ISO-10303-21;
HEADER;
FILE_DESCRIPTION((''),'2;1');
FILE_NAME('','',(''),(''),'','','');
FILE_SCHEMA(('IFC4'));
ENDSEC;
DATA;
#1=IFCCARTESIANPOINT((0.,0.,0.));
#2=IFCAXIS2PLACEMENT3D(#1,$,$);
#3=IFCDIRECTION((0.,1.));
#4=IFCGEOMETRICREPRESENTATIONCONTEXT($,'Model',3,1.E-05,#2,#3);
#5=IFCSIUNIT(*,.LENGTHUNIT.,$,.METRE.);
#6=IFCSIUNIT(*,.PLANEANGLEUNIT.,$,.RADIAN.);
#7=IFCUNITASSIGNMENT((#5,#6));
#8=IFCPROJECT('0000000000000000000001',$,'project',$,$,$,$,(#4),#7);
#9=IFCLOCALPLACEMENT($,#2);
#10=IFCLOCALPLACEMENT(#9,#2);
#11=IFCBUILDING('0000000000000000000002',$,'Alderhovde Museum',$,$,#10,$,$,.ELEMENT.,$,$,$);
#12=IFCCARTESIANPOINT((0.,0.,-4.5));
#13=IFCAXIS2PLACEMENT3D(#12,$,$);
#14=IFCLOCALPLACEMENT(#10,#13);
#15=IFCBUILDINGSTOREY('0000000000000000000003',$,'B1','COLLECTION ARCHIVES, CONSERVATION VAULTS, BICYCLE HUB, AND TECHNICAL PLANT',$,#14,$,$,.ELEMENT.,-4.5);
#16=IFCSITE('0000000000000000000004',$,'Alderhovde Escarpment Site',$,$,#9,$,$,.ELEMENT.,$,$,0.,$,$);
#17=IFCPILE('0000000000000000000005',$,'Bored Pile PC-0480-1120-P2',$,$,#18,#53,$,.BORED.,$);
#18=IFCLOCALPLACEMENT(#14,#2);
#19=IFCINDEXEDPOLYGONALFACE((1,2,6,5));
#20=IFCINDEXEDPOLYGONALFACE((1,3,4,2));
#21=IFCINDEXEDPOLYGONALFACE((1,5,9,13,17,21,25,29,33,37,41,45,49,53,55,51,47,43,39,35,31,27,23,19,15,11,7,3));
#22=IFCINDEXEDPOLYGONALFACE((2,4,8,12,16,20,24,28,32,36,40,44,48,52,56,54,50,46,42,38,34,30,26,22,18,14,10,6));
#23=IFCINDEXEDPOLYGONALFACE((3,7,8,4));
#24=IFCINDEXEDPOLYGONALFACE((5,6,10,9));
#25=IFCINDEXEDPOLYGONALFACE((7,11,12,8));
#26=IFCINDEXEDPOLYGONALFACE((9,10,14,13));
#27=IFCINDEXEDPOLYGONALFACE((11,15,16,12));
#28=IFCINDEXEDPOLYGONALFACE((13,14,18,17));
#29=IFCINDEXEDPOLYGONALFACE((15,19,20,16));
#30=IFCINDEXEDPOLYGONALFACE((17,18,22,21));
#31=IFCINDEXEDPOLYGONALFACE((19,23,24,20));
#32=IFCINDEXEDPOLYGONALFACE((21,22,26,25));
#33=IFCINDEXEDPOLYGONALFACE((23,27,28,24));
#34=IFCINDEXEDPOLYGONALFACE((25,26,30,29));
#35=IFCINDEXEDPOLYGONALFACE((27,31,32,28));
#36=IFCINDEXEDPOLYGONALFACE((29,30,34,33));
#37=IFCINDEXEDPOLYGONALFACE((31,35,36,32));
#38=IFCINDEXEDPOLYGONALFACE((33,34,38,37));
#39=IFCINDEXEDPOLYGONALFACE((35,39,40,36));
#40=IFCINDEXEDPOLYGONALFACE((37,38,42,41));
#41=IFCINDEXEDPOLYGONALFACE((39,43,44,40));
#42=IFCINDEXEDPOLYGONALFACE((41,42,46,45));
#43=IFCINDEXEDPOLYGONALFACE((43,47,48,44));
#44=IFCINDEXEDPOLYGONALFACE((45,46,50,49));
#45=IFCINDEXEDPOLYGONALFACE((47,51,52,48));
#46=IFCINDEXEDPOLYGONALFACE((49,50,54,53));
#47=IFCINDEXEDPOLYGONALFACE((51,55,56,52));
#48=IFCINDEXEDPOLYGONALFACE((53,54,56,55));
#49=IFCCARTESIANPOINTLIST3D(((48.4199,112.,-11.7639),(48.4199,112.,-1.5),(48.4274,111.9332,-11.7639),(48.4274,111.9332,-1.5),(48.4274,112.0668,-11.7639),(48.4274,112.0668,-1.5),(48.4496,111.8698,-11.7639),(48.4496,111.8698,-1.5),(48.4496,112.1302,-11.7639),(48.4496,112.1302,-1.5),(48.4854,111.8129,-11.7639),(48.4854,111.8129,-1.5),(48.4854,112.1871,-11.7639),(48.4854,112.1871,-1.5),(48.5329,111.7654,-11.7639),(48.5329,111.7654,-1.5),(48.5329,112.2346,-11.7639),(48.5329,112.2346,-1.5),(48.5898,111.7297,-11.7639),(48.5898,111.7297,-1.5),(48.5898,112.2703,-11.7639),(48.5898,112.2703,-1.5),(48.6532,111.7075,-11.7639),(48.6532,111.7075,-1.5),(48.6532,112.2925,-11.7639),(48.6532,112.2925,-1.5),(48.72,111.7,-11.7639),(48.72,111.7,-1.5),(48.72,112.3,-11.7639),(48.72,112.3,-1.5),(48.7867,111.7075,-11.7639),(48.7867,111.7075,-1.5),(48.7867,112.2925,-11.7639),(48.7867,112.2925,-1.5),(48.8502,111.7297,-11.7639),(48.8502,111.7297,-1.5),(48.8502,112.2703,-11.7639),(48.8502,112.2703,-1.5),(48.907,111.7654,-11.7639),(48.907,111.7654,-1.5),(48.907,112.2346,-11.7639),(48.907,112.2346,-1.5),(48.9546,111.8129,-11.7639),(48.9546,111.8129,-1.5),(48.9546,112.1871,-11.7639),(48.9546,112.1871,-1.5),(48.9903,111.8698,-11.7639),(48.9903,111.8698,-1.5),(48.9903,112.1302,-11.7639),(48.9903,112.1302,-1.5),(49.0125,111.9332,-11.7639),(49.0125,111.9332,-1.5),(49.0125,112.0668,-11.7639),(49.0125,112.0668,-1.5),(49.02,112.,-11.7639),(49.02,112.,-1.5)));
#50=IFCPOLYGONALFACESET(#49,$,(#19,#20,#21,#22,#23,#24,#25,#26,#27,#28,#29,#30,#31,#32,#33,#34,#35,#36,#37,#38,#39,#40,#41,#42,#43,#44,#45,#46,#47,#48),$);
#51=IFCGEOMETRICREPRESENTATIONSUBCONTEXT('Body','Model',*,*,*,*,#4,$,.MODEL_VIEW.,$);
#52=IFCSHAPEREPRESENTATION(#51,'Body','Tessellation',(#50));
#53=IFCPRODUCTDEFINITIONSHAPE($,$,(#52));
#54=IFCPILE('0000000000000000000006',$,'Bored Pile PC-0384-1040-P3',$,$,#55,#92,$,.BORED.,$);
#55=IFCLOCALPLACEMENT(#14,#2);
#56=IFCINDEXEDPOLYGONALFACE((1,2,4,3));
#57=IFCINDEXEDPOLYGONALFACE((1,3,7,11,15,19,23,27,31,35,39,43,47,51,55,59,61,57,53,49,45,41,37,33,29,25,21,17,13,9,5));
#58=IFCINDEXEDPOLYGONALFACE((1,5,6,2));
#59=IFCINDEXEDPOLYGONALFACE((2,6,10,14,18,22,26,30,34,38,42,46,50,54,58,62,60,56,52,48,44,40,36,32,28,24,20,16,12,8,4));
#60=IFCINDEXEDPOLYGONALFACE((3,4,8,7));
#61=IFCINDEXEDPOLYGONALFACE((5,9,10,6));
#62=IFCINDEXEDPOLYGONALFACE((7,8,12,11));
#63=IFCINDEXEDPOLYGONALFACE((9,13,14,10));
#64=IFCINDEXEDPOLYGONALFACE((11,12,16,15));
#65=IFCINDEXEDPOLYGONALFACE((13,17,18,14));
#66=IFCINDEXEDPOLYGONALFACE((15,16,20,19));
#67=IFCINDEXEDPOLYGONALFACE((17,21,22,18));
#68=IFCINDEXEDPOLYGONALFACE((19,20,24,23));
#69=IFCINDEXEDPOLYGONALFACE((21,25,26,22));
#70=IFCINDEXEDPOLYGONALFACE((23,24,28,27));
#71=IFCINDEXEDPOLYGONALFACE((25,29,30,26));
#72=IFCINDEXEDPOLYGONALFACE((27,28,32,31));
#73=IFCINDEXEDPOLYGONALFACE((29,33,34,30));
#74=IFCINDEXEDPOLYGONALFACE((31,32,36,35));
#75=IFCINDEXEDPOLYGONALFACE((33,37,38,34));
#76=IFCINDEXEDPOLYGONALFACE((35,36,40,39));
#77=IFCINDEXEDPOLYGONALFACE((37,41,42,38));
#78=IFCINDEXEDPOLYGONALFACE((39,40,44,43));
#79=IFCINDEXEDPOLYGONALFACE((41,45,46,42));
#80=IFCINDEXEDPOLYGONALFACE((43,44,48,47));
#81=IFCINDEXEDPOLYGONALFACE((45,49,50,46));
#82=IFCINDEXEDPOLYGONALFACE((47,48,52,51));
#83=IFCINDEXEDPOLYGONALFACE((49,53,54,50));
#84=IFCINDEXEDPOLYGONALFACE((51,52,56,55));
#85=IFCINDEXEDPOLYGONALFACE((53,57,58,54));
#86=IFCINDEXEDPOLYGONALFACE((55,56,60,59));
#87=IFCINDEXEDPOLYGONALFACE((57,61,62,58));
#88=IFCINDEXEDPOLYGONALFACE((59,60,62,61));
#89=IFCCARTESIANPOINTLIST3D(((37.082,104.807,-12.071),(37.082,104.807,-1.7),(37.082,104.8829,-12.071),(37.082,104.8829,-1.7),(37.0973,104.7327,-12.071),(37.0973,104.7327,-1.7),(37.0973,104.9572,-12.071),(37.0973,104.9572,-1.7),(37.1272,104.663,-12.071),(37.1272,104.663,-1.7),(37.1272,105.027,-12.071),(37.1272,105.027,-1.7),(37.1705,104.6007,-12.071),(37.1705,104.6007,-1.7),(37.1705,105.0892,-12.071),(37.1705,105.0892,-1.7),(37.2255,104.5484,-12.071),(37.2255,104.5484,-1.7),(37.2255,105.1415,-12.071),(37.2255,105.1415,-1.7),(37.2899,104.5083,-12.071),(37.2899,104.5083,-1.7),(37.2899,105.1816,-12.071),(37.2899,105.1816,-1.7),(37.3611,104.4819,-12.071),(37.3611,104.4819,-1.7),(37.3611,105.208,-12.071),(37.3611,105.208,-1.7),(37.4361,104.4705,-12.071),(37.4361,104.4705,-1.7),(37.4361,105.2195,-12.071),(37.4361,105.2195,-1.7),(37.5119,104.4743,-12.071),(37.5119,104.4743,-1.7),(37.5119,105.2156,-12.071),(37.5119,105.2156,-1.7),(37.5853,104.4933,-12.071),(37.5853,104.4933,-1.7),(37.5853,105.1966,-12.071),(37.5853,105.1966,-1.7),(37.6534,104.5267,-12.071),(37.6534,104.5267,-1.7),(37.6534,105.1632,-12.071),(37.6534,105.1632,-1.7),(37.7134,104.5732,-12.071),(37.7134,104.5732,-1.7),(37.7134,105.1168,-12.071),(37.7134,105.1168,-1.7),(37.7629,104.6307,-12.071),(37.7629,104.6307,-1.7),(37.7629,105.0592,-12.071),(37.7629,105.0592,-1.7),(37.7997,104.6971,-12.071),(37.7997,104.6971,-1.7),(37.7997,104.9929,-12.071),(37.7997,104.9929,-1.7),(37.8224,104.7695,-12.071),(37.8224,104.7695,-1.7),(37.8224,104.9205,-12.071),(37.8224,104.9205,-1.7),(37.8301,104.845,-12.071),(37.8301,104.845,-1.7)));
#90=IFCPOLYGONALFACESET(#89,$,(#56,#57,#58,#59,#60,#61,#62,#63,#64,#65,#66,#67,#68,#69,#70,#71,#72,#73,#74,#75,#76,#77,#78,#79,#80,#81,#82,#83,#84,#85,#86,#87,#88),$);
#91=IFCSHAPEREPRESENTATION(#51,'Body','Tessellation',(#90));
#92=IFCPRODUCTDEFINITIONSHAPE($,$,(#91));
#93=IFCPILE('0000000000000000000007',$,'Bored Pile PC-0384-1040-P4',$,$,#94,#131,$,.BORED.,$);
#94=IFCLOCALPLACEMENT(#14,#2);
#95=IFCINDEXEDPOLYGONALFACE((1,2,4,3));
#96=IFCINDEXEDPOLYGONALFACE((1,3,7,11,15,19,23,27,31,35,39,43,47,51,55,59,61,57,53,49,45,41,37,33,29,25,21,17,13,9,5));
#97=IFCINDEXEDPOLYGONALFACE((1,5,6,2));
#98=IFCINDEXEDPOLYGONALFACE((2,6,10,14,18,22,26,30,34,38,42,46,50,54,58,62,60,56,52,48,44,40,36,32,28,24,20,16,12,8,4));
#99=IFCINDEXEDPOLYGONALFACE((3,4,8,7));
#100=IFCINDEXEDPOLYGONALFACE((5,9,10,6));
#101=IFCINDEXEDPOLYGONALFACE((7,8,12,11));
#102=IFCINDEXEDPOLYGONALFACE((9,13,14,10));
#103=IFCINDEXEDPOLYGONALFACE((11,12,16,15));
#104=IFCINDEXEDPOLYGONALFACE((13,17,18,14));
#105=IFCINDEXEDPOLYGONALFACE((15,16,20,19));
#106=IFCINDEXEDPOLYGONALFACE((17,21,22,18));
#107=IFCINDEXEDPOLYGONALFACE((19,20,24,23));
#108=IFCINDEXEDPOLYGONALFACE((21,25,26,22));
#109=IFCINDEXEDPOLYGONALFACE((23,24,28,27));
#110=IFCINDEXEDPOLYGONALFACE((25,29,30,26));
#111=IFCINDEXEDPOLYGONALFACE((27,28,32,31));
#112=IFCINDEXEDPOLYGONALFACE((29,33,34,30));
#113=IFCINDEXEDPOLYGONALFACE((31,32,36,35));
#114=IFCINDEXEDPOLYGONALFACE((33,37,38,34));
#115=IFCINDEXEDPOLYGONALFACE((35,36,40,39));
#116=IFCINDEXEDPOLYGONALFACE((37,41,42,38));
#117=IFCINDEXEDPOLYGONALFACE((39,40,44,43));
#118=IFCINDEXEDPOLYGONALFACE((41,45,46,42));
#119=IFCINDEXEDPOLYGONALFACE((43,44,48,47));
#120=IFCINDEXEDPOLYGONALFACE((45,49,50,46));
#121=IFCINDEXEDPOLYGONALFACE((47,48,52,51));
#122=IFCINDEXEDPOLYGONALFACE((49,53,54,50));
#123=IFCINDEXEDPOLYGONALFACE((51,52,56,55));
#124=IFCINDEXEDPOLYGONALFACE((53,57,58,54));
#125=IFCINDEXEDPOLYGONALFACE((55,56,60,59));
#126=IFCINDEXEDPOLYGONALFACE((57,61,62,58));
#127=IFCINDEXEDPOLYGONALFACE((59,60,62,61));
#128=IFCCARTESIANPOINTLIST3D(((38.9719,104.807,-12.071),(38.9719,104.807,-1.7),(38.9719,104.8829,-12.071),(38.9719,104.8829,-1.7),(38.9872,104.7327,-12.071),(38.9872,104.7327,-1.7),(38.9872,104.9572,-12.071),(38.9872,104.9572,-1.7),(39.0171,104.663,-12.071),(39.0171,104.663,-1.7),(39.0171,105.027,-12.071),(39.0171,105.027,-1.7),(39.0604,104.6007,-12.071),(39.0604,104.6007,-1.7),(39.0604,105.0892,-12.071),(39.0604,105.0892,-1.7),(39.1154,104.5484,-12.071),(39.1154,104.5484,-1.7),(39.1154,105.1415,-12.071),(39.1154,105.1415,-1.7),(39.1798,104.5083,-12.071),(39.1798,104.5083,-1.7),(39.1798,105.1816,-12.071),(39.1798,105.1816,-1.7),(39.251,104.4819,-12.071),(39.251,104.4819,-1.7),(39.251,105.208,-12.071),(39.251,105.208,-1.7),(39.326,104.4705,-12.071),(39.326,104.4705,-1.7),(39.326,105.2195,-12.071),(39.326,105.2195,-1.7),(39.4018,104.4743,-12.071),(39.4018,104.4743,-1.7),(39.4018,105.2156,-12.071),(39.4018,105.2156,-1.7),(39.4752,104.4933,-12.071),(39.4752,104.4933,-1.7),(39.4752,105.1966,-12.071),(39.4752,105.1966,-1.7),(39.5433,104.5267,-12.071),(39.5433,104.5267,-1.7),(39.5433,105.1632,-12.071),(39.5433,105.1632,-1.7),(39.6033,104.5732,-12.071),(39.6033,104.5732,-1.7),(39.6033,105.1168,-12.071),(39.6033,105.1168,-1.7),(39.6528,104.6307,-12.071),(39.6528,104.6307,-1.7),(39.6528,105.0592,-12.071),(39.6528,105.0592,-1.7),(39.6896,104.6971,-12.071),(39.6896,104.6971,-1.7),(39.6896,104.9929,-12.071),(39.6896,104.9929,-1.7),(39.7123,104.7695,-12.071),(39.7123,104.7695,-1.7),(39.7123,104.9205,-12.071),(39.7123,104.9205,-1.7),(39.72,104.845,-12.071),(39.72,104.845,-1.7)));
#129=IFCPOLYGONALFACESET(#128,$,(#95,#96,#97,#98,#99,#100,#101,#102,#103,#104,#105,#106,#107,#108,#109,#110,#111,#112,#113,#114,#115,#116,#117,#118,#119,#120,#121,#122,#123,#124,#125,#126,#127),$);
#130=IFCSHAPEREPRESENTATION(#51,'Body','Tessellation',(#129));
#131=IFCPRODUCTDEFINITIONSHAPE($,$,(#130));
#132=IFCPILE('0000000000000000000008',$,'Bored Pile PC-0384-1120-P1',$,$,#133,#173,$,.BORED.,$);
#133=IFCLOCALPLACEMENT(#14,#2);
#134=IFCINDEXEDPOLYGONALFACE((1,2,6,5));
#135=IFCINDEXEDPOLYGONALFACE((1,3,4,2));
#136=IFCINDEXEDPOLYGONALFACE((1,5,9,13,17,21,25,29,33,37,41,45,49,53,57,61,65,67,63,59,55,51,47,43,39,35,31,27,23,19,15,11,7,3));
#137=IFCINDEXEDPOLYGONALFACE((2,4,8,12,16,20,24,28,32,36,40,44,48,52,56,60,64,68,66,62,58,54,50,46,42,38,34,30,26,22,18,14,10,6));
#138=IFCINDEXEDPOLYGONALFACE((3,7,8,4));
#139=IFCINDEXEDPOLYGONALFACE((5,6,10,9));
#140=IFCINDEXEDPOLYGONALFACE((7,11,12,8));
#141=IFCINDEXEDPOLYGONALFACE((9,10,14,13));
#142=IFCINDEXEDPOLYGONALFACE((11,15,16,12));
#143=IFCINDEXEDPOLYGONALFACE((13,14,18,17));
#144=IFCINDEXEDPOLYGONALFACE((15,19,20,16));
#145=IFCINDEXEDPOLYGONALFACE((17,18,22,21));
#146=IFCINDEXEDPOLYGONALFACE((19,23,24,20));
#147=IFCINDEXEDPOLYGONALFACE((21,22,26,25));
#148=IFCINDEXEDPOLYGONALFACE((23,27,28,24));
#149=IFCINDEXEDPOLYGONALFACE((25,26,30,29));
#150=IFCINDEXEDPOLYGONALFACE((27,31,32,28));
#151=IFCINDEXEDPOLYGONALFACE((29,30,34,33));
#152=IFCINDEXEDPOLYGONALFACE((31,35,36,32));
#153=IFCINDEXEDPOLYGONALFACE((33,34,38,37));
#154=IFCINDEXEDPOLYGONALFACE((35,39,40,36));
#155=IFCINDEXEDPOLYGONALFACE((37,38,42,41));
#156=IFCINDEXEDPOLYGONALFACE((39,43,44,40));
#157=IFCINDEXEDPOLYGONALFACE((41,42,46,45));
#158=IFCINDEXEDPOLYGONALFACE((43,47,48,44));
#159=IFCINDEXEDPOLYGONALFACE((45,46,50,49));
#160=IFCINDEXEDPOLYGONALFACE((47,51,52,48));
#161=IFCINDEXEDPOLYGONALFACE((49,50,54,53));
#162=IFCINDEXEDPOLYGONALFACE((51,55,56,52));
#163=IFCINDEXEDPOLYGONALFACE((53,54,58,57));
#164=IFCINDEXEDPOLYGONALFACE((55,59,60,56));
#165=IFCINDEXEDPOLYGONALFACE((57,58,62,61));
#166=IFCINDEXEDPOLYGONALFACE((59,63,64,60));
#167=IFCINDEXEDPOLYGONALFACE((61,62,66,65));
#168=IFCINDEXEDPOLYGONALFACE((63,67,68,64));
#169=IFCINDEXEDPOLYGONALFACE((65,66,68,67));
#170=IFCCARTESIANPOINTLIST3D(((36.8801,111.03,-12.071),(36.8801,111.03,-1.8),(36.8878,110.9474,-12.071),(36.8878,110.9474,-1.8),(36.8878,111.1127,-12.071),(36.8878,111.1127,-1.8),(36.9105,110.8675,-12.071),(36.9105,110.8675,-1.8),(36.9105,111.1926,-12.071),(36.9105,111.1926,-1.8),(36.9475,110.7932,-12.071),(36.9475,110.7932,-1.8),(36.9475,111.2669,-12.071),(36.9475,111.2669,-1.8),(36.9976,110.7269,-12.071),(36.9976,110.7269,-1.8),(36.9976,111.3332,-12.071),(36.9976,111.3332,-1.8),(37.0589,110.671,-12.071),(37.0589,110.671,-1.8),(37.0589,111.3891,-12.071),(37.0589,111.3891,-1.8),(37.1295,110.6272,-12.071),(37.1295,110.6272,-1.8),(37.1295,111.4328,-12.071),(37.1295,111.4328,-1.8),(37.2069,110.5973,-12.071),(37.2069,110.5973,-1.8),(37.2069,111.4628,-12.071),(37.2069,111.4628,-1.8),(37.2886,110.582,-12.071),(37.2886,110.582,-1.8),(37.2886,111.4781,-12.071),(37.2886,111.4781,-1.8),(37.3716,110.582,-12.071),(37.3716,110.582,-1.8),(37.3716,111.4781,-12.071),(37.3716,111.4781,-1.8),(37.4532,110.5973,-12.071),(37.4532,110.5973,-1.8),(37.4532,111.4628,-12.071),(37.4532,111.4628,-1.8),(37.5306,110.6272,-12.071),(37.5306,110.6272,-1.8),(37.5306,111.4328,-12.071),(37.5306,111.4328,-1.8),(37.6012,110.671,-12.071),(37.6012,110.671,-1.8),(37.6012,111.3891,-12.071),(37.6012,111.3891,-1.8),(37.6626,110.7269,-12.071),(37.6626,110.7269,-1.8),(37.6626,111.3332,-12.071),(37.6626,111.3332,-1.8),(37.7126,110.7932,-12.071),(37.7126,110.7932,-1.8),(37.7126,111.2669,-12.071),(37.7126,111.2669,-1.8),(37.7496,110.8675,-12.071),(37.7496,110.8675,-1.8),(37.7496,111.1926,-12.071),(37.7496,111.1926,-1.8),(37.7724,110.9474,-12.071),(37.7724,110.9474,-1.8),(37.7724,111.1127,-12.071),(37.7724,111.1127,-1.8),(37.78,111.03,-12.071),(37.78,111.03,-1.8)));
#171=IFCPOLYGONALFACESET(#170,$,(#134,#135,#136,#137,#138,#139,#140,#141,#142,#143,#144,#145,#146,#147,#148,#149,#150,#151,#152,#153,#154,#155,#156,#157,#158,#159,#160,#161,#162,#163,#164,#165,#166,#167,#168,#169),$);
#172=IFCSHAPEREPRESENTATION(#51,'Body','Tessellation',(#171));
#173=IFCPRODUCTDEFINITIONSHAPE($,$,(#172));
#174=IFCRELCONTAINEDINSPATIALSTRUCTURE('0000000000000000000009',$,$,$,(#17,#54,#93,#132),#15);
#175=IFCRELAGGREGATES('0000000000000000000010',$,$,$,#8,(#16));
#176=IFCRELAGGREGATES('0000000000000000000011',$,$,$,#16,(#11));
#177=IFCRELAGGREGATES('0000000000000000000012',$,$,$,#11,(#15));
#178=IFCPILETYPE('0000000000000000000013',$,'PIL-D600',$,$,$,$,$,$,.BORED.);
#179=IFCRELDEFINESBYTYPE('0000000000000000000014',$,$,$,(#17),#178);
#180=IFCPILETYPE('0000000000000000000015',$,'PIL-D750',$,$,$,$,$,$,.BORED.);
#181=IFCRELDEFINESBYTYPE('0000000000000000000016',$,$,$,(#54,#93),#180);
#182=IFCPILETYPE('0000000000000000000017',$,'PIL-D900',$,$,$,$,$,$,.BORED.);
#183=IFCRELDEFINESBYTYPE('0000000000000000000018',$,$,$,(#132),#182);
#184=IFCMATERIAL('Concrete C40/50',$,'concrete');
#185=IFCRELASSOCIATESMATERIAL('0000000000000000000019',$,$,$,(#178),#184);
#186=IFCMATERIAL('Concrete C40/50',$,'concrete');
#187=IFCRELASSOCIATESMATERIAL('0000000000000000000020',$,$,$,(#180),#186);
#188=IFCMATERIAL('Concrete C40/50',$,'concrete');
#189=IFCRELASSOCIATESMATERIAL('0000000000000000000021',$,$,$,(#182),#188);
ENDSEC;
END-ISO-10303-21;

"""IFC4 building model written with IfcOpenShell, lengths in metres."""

from ifc_helpers import new_model, si_unit, direction, frame, origin, origin_2d, place, context, subcontext, project, spatial, circle, extrude, material, material_profile, profile_set, type_object, element, save


model = new_model("IFC4")

# Units and contexts
model_context = context("Model", 3, precision=1e-05, world=origin(), true_north=direction((0.0, 1.0)))
body_context = subcontext(model_context, "Body", "Model", "MODEL_VIEW")
ifc_project = project(units=[si_unit("LENGTHUNIT", "METRE"), si_unit("PLANEANGLEUNIT", "RADIAN")], contexts=[model_context])

# Site, building, storey
site_placement = place(None, origin())
site = spatial("IfcSite", under=ifc_project, at=site_placement, Name="Alderhovde Escarpment Site", CompositionType="ELEMENT", RefElevation=0.0)
building_placement = place(site_placement, origin())
building = spatial("IfcBuilding", under=site, at=building_placement, Name="Alderhovde Museum", CompositionType="ELEMENT")
storey_placement = place(building_placement, frame((0.0, 0.0, -4.5)))
storey = spatial("IfcBuildingStorey", under=building, at=storey_placement, Name="B1", Description="COLLECTION ARCHIVES, CONSERVATION VAULTS, BICYCLE HUB, AND TECHNICAL PLANT", CompositionType="ELEMENT", Elevation=-4.5)

# Piles
ifc_material_1 = material(Name="Concrete C40/50", Category="concrete")
ifc_material_profile_1 = material_profile(ifc_material_1, circle(Radius=0.3, at=origin_2d()), Name="PILE-D600")
ifc_profile_set_1 = profile_set([ifc_material_profile_1], Name="Concrete C40/50")
pile_type_1 = type_object("IfcPileType", Name="PIL-D600", PredefinedType="BORED", material=ifc_profile_set_1)
for number, where, z_axis, x_axis, name in (
    (1, (48.72, 112.0, -1.5), (0.0, 0.0, -1.0), (1.0, 0.0, 0.0), "Bored Pile PC-0480-1120-P2"),
):
    element("IfcPile", number, at=place(storey_placement, frame(where, z_axis=z_axis, x_axis=x_axis)), inside=storey, type_object=pile_type_1, Name=name, PredefinedType="BORED", context=body_context, shape_type="SweptSolid", body=[
        extrude(circle(Radius=0.3, at=origin_2d()), origin(), (0.0, 0.0, 1.0), 10.2639),
    ])
ifc_material_2 = material(Name="Concrete C40/50", Category="concrete")
ifc_material_profile_2 = material_profile(ifc_material_2, circle(Radius=0.375, at=origin_2d()), Name="PILE-D750")
ifc_profile_set_2 = profile_set([ifc_material_profile_2], Name="Concrete C40/50")
pile_type_2 = type_object("IfcPileType", Name="PIL-D750", PredefinedType="BORED", material=ifc_profile_set_2)
for number, where, z_axis, x_axis, name in (
    (2, (37.4551, 104.845, -1.7), (0.0, 0.0, -1.0), (1.0, 0.0, 0.0), "Bored Pile PC-0384-1040-P3"),
    (3, (39.345, 104.845, -1.7), (0.0, 0.0, -1.0), (1.0, 0.0, 0.0), "Bored Pile PC-0384-1040-P4"),
):
    element("IfcPile", number, at=place(storey_placement, frame(where, z_axis=z_axis, x_axis=x_axis)), inside=storey, type_object=pile_type_2, Name=name, PredefinedType="BORED", context=body_context, shape_type="SweptSolid", body=[
        extrude(circle(Radius=0.375, at=origin_2d()), origin(), (0.0, 0.0, 1.0), 10.3711),
    ])
ifc_material_3 = material(Name="Concrete C40/50", Category="concrete")
ifc_material_profile_3 = material_profile(ifc_material_3, circle(Radius=0.45, at=origin_2d()), Name="PILE-D900")
ifc_profile_set_3 = profile_set([ifc_material_profile_3], Name="Concrete C40/50")
pile_type_3 = type_object("IfcPileType", Name="PIL-D900", PredefinedType="BORED", material=ifc_profile_set_3)
for number, where, z_axis, x_axis, name in (
    (4, (37.3301, 111.03, -1.8), (0.0, 0.0, -1.0), (1.0, 0.0, 0.0), "Bored Pile PC-0384-1120-P1"),
):
    element("IfcPile", number, at=place(storey_placement, frame(where, z_axis=z_axis, x_axis=x_axis)), inside=storey, type_object=pile_type_3, Name=name, PredefinedType="BORED", context=body_context, shape_type="SweptSolid", body=[
        extrude(circle(Radius=0.45, at=origin_2d()), origin(), (0.0, 0.0, 1.0), 10.271),
    ])

save(model, "model.ifc")
